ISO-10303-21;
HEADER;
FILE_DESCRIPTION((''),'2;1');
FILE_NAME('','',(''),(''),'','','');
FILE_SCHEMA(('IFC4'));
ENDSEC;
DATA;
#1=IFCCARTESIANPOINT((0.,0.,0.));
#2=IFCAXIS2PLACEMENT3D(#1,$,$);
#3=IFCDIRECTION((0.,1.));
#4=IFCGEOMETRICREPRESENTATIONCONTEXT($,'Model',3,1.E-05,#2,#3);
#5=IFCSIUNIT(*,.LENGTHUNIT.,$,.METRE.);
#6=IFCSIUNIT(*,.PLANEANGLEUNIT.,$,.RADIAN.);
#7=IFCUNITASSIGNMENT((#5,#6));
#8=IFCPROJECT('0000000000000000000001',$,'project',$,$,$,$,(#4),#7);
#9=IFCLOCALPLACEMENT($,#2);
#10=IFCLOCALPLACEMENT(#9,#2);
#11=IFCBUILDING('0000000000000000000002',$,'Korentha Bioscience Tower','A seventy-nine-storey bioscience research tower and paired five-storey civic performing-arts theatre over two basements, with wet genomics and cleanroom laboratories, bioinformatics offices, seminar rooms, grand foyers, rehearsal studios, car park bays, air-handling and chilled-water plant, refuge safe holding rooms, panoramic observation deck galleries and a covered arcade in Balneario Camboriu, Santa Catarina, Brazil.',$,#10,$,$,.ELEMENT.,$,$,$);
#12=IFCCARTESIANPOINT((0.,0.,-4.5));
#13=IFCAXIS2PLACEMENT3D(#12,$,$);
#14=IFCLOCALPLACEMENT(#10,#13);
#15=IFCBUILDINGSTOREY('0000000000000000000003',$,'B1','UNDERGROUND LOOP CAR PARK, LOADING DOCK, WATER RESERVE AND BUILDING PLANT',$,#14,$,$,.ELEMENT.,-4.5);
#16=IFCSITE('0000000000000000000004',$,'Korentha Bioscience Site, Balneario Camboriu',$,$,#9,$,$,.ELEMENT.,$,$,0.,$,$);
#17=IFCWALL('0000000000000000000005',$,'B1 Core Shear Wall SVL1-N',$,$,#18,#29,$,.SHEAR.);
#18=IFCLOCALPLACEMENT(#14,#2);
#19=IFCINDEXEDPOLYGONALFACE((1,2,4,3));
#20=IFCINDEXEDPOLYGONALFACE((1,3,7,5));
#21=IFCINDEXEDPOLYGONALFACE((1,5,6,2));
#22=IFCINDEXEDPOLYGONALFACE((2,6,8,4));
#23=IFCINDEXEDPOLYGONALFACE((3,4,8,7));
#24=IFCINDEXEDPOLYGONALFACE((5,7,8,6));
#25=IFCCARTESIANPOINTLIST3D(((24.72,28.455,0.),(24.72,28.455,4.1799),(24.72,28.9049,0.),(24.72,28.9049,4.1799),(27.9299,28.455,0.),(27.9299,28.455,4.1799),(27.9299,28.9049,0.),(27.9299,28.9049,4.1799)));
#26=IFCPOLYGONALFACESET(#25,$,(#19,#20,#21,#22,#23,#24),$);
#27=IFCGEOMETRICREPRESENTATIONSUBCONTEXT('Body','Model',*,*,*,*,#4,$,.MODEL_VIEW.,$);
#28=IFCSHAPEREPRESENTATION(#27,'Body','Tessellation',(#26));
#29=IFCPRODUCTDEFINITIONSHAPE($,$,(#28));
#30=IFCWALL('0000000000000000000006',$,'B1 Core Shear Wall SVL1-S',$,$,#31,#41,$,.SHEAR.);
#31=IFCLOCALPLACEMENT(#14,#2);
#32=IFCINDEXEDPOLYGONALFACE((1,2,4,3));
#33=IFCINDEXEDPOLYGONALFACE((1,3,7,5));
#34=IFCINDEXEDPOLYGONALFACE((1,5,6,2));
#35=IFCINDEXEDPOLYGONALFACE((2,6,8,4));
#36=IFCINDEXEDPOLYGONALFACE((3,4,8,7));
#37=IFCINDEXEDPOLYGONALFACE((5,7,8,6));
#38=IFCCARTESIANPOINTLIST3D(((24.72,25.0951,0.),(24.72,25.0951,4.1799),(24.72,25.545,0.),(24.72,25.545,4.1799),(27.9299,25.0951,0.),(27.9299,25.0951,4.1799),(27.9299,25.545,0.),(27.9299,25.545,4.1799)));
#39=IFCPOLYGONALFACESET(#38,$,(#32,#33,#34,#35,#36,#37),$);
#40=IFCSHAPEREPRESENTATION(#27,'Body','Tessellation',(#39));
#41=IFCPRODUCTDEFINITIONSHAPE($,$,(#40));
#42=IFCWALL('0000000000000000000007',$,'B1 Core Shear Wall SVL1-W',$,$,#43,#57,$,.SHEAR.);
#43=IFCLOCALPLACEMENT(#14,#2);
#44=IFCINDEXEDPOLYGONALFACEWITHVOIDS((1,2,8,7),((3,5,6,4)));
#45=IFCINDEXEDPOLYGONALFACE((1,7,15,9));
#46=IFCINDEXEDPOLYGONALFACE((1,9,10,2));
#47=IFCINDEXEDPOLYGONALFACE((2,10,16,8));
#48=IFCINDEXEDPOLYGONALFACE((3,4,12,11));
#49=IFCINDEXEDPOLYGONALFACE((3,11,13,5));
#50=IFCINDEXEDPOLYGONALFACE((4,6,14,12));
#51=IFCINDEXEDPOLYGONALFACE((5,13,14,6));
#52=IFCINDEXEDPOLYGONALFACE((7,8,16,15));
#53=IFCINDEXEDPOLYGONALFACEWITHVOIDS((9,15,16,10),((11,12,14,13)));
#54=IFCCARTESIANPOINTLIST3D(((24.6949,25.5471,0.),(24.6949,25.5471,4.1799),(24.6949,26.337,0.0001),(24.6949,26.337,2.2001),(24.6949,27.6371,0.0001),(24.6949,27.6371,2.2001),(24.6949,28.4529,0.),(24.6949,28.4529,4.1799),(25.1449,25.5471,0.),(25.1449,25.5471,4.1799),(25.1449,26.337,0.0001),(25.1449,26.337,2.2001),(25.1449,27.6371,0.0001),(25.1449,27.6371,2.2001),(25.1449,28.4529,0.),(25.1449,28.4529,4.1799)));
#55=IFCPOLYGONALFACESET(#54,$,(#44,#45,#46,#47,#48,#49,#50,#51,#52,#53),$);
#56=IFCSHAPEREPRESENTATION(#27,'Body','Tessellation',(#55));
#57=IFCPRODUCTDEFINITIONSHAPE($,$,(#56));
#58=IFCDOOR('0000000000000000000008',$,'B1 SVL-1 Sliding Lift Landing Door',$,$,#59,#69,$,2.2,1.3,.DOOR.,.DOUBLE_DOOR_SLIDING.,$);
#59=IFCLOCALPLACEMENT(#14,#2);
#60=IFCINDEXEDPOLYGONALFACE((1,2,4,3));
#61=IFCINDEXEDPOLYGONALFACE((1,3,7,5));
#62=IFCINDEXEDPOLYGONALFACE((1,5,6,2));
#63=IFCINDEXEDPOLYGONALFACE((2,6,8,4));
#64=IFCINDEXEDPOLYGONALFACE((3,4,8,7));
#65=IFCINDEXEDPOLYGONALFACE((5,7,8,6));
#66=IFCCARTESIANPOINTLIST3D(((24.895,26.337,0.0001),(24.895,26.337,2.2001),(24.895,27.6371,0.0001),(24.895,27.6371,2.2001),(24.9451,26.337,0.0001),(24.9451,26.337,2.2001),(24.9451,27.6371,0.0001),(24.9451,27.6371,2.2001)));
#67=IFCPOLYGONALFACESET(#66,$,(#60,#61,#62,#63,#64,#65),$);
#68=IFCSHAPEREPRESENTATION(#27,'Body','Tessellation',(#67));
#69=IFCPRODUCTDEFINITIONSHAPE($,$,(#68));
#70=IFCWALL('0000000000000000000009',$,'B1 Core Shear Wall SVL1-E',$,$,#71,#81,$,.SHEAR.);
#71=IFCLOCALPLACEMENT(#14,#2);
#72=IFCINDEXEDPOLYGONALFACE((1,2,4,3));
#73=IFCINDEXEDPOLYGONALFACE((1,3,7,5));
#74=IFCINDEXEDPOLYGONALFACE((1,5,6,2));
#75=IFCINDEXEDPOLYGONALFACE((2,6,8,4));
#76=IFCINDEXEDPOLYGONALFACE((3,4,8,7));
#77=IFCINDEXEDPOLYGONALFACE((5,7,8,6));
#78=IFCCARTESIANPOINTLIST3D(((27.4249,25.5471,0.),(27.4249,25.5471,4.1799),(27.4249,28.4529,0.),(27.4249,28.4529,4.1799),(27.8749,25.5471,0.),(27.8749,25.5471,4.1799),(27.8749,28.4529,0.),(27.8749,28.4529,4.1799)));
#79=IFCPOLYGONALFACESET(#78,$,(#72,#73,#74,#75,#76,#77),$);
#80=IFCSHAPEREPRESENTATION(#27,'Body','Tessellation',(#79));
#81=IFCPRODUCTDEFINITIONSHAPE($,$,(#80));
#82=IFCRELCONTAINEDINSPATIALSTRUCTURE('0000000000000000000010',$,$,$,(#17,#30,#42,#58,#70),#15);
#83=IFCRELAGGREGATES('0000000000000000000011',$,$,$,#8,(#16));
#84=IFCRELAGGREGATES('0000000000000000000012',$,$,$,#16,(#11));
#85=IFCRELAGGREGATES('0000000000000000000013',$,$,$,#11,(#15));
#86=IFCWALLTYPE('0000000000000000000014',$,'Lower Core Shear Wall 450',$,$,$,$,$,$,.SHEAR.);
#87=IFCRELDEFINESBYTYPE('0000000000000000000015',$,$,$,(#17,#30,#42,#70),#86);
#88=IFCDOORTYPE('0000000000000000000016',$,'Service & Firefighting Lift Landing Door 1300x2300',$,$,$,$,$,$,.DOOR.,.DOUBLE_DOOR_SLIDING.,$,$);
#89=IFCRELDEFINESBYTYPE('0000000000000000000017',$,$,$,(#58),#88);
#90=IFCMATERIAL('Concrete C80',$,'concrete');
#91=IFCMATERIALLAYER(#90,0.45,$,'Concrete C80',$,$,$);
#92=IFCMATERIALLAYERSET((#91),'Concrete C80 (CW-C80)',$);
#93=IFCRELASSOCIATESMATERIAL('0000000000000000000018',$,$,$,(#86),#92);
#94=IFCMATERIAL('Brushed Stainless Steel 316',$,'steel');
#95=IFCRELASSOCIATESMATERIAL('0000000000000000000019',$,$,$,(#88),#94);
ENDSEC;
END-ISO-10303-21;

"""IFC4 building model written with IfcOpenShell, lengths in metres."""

from ifc_helpers import new_model, si_unit, direction, frame, frame_2d, origin, place, context, subcontext, project, spatial, rectangle, extrude, material, layer, layer_set, type_object, element, fill, save


model = new_model("IFC4")

# Units and contexts
model_context = context("Model", 3, precision=1e-05, world=origin(), true_north=direction((0.0, 1.0)))
body_context = subcontext(model_context, "Body", "Model", "MODEL_VIEW")
ifc_project = project(units=[si_unit("LENGTHUNIT", "METRE"), si_unit("PLANEANGLEUNIT", "RADIAN")], contexts=[model_context])

# Site, building, storey
site_placement = place(None, origin())
site = spatial("IfcSite", under=ifc_project, at=site_placement, Name="Korentha Bioscience Site, Balneario Camboriu", CompositionType="ELEMENT", RefElevation=0.0)
building_placement = place(site_placement, origin())
building = spatial("IfcBuilding", under=site, at=building_placement, Name="Korentha Bioscience Tower", Description="A seventy-nine-storey bioscience research tower and paired five-storey civic performing-arts theatre over two basements, with wet genomics and cleanroom laboratories, bioinformatics offices, seminar rooms, grand foyers, rehearsal studios, car park bays, air-handling and chilled-water plant, refuge safe holding rooms, panoramic observation deck galleries and a covered arcade in Balneario Camboriu, Santa Catarina, Brazil.", CompositionType="ELEMENT")
storey_placement = place(building_placement, frame((0.0, 0.0, -4.5)))
storey = spatial("IfcBuildingStorey", under=building, at=storey_placement, Name="B1", Description="UNDERGROUND LOOP CAR PARK, LOADING DOCK, WATER RESERVE AND BUILDING PLANT", CompositionType="ELEMENT", Elevation=-4.5)

# Shared definitions
ifc_material_1 = material(Name="Concrete C80", Category="concrete")

# Shared definitions
ifc_layer_1 = layer(ifc_material_1, 0.45, Name="Concrete C80")
ifc_layer_set_1 = layer_set([ifc_layer_1], Name="Concrete C80 (CW-C80)")
wall_type_1 = type_object("IfcWallType", Name="Lower Core Shear Wall 450", PredefinedType="SHEAR", material=ifc_layer_set_1)

# Walls
for number, where, z_axis, x_axis, name in (
    (1, (24.72, 28.6799, 0.0), (0.0, 0.0, 1.0), (1.0, 0.0, 0.0), "B1 Core Shear Wall SVL1-N"),
    (2, (24.72, 25.3201, 0.0), (0.0, 0.0, 1.0), (1.0, 0.0, 0.0), "B1 Core Shear Wall SVL1-S"),
):
    element("IfcWall", number, at=place(storey_placement, frame(where, z_axis=z_axis, x_axis=x_axis)), inside=storey, type_object=wall_type_1, Name=name, PredefinedType="SHEAR", context=body_context, shape_type="SweptSolid", body=[
        extrude(rectangle(XDim=3.21, YDim=0.45, at=frame_2d((1.605, 0.0))), origin(), (0.0, 0.0, 1.0), 4.1799),
    ])

# Wall, opening, door
wall_1_placement = place(storey_placement, frame((24.9199, 25.5471, 0.0), z_axis=(0.0, 0.0, 1.0), x_axis=(0.0, 1.0, 0.0)))
wall_1 = element("IfcWall", 3, at=wall_1_placement, inside=storey, type_object=wall_type_1, Name="B1 Core Shear Wall SVL1-W", PredefinedType="SHEAR", context=body_context, shape_type="SweptSolid", body=[
    extrude(rectangle(XDim=2.9058, YDim=0.45, at=frame_2d((1.4529, 0.0))), origin(), (0.0, 0.0, 1.0), 4.1799),
])
opening_1_placement = place(wall_1_placement, frame((0.79, 0.0, 0.0)))
opening_1 = element("IfcOpeningElement", 4, at=opening_1_placement, cuts=wall_1, PredefinedType="OPENING", context=body_context, shape_type="SweptSolid", body=[
    extrude(rectangle(XDim=1.3, YDim=2.2, at=frame_2d((0.6499, 1.1001))), frame((0.0, 0.2397, 0.0), z_axis=(0.0, -1.0, 0.0), x_axis=(1.0, 0.0, 0.0)), (0.0, 0.0, 1.0), 0.4797),
])
ifc_material_2 = material(Name="Brushed Stainless Steel 316", Category="steel")
door_type_1 = type_object("IfcDoorType", Name="Service & Firefighting Lift Landing Door 1300x2300", OperationType="DOUBLE_DOOR_SLIDING", PredefinedType="DOOR", material=ifc_material_2)
door_1_placement = place(opening_1_placement, origin())
door_1 = element("IfcDoor", 5, at=door_1_placement, inside=storey, type_object=door_type_1, Name="B1 SVL-1 Sliding Lift Landing Door", OperationType="DOUBLE_DOOR_SLIDING", OverallHeight=2.2, OverallWidth=1.3, PredefinedType="DOOR", context=body_context, shape_type="SweptSolid", body=[
    extrude(rectangle(XDim=1.3, YDim=2.2, at=frame_2d((0.6499, 1.1001))), frame((0.0, 0.0249, 0.0), z_axis=(0.0, -1.0, 0.0), x_axis=(1.0, 0.0, 0.0)), (0.0, 0.0, 1.0), 0.05),
])
fill(opening_1, door_1)

# Wall
wall_2_placement = place(storey_placement, frame((27.6499, 25.5471, 0.0), z_axis=(0.0, 0.0, 1.0), x_axis=(0.0, 1.0, 0.0)))
element("IfcWall", 6, at=wall_2_placement, inside=storey, type_object=wall_type_1, Name="B1 Core Shear Wall SVL1-E", PredefinedType="SHEAR", context=body_context, shape_type="SweptSolid", body=[
    extrude(rectangle(XDim=2.9058, YDim=0.45, at=frame_2d((1.4529, 0.0))), origin(), (0.0, 0.0, 1.0), 4.1799),
])

save(model, "model.ifc")
